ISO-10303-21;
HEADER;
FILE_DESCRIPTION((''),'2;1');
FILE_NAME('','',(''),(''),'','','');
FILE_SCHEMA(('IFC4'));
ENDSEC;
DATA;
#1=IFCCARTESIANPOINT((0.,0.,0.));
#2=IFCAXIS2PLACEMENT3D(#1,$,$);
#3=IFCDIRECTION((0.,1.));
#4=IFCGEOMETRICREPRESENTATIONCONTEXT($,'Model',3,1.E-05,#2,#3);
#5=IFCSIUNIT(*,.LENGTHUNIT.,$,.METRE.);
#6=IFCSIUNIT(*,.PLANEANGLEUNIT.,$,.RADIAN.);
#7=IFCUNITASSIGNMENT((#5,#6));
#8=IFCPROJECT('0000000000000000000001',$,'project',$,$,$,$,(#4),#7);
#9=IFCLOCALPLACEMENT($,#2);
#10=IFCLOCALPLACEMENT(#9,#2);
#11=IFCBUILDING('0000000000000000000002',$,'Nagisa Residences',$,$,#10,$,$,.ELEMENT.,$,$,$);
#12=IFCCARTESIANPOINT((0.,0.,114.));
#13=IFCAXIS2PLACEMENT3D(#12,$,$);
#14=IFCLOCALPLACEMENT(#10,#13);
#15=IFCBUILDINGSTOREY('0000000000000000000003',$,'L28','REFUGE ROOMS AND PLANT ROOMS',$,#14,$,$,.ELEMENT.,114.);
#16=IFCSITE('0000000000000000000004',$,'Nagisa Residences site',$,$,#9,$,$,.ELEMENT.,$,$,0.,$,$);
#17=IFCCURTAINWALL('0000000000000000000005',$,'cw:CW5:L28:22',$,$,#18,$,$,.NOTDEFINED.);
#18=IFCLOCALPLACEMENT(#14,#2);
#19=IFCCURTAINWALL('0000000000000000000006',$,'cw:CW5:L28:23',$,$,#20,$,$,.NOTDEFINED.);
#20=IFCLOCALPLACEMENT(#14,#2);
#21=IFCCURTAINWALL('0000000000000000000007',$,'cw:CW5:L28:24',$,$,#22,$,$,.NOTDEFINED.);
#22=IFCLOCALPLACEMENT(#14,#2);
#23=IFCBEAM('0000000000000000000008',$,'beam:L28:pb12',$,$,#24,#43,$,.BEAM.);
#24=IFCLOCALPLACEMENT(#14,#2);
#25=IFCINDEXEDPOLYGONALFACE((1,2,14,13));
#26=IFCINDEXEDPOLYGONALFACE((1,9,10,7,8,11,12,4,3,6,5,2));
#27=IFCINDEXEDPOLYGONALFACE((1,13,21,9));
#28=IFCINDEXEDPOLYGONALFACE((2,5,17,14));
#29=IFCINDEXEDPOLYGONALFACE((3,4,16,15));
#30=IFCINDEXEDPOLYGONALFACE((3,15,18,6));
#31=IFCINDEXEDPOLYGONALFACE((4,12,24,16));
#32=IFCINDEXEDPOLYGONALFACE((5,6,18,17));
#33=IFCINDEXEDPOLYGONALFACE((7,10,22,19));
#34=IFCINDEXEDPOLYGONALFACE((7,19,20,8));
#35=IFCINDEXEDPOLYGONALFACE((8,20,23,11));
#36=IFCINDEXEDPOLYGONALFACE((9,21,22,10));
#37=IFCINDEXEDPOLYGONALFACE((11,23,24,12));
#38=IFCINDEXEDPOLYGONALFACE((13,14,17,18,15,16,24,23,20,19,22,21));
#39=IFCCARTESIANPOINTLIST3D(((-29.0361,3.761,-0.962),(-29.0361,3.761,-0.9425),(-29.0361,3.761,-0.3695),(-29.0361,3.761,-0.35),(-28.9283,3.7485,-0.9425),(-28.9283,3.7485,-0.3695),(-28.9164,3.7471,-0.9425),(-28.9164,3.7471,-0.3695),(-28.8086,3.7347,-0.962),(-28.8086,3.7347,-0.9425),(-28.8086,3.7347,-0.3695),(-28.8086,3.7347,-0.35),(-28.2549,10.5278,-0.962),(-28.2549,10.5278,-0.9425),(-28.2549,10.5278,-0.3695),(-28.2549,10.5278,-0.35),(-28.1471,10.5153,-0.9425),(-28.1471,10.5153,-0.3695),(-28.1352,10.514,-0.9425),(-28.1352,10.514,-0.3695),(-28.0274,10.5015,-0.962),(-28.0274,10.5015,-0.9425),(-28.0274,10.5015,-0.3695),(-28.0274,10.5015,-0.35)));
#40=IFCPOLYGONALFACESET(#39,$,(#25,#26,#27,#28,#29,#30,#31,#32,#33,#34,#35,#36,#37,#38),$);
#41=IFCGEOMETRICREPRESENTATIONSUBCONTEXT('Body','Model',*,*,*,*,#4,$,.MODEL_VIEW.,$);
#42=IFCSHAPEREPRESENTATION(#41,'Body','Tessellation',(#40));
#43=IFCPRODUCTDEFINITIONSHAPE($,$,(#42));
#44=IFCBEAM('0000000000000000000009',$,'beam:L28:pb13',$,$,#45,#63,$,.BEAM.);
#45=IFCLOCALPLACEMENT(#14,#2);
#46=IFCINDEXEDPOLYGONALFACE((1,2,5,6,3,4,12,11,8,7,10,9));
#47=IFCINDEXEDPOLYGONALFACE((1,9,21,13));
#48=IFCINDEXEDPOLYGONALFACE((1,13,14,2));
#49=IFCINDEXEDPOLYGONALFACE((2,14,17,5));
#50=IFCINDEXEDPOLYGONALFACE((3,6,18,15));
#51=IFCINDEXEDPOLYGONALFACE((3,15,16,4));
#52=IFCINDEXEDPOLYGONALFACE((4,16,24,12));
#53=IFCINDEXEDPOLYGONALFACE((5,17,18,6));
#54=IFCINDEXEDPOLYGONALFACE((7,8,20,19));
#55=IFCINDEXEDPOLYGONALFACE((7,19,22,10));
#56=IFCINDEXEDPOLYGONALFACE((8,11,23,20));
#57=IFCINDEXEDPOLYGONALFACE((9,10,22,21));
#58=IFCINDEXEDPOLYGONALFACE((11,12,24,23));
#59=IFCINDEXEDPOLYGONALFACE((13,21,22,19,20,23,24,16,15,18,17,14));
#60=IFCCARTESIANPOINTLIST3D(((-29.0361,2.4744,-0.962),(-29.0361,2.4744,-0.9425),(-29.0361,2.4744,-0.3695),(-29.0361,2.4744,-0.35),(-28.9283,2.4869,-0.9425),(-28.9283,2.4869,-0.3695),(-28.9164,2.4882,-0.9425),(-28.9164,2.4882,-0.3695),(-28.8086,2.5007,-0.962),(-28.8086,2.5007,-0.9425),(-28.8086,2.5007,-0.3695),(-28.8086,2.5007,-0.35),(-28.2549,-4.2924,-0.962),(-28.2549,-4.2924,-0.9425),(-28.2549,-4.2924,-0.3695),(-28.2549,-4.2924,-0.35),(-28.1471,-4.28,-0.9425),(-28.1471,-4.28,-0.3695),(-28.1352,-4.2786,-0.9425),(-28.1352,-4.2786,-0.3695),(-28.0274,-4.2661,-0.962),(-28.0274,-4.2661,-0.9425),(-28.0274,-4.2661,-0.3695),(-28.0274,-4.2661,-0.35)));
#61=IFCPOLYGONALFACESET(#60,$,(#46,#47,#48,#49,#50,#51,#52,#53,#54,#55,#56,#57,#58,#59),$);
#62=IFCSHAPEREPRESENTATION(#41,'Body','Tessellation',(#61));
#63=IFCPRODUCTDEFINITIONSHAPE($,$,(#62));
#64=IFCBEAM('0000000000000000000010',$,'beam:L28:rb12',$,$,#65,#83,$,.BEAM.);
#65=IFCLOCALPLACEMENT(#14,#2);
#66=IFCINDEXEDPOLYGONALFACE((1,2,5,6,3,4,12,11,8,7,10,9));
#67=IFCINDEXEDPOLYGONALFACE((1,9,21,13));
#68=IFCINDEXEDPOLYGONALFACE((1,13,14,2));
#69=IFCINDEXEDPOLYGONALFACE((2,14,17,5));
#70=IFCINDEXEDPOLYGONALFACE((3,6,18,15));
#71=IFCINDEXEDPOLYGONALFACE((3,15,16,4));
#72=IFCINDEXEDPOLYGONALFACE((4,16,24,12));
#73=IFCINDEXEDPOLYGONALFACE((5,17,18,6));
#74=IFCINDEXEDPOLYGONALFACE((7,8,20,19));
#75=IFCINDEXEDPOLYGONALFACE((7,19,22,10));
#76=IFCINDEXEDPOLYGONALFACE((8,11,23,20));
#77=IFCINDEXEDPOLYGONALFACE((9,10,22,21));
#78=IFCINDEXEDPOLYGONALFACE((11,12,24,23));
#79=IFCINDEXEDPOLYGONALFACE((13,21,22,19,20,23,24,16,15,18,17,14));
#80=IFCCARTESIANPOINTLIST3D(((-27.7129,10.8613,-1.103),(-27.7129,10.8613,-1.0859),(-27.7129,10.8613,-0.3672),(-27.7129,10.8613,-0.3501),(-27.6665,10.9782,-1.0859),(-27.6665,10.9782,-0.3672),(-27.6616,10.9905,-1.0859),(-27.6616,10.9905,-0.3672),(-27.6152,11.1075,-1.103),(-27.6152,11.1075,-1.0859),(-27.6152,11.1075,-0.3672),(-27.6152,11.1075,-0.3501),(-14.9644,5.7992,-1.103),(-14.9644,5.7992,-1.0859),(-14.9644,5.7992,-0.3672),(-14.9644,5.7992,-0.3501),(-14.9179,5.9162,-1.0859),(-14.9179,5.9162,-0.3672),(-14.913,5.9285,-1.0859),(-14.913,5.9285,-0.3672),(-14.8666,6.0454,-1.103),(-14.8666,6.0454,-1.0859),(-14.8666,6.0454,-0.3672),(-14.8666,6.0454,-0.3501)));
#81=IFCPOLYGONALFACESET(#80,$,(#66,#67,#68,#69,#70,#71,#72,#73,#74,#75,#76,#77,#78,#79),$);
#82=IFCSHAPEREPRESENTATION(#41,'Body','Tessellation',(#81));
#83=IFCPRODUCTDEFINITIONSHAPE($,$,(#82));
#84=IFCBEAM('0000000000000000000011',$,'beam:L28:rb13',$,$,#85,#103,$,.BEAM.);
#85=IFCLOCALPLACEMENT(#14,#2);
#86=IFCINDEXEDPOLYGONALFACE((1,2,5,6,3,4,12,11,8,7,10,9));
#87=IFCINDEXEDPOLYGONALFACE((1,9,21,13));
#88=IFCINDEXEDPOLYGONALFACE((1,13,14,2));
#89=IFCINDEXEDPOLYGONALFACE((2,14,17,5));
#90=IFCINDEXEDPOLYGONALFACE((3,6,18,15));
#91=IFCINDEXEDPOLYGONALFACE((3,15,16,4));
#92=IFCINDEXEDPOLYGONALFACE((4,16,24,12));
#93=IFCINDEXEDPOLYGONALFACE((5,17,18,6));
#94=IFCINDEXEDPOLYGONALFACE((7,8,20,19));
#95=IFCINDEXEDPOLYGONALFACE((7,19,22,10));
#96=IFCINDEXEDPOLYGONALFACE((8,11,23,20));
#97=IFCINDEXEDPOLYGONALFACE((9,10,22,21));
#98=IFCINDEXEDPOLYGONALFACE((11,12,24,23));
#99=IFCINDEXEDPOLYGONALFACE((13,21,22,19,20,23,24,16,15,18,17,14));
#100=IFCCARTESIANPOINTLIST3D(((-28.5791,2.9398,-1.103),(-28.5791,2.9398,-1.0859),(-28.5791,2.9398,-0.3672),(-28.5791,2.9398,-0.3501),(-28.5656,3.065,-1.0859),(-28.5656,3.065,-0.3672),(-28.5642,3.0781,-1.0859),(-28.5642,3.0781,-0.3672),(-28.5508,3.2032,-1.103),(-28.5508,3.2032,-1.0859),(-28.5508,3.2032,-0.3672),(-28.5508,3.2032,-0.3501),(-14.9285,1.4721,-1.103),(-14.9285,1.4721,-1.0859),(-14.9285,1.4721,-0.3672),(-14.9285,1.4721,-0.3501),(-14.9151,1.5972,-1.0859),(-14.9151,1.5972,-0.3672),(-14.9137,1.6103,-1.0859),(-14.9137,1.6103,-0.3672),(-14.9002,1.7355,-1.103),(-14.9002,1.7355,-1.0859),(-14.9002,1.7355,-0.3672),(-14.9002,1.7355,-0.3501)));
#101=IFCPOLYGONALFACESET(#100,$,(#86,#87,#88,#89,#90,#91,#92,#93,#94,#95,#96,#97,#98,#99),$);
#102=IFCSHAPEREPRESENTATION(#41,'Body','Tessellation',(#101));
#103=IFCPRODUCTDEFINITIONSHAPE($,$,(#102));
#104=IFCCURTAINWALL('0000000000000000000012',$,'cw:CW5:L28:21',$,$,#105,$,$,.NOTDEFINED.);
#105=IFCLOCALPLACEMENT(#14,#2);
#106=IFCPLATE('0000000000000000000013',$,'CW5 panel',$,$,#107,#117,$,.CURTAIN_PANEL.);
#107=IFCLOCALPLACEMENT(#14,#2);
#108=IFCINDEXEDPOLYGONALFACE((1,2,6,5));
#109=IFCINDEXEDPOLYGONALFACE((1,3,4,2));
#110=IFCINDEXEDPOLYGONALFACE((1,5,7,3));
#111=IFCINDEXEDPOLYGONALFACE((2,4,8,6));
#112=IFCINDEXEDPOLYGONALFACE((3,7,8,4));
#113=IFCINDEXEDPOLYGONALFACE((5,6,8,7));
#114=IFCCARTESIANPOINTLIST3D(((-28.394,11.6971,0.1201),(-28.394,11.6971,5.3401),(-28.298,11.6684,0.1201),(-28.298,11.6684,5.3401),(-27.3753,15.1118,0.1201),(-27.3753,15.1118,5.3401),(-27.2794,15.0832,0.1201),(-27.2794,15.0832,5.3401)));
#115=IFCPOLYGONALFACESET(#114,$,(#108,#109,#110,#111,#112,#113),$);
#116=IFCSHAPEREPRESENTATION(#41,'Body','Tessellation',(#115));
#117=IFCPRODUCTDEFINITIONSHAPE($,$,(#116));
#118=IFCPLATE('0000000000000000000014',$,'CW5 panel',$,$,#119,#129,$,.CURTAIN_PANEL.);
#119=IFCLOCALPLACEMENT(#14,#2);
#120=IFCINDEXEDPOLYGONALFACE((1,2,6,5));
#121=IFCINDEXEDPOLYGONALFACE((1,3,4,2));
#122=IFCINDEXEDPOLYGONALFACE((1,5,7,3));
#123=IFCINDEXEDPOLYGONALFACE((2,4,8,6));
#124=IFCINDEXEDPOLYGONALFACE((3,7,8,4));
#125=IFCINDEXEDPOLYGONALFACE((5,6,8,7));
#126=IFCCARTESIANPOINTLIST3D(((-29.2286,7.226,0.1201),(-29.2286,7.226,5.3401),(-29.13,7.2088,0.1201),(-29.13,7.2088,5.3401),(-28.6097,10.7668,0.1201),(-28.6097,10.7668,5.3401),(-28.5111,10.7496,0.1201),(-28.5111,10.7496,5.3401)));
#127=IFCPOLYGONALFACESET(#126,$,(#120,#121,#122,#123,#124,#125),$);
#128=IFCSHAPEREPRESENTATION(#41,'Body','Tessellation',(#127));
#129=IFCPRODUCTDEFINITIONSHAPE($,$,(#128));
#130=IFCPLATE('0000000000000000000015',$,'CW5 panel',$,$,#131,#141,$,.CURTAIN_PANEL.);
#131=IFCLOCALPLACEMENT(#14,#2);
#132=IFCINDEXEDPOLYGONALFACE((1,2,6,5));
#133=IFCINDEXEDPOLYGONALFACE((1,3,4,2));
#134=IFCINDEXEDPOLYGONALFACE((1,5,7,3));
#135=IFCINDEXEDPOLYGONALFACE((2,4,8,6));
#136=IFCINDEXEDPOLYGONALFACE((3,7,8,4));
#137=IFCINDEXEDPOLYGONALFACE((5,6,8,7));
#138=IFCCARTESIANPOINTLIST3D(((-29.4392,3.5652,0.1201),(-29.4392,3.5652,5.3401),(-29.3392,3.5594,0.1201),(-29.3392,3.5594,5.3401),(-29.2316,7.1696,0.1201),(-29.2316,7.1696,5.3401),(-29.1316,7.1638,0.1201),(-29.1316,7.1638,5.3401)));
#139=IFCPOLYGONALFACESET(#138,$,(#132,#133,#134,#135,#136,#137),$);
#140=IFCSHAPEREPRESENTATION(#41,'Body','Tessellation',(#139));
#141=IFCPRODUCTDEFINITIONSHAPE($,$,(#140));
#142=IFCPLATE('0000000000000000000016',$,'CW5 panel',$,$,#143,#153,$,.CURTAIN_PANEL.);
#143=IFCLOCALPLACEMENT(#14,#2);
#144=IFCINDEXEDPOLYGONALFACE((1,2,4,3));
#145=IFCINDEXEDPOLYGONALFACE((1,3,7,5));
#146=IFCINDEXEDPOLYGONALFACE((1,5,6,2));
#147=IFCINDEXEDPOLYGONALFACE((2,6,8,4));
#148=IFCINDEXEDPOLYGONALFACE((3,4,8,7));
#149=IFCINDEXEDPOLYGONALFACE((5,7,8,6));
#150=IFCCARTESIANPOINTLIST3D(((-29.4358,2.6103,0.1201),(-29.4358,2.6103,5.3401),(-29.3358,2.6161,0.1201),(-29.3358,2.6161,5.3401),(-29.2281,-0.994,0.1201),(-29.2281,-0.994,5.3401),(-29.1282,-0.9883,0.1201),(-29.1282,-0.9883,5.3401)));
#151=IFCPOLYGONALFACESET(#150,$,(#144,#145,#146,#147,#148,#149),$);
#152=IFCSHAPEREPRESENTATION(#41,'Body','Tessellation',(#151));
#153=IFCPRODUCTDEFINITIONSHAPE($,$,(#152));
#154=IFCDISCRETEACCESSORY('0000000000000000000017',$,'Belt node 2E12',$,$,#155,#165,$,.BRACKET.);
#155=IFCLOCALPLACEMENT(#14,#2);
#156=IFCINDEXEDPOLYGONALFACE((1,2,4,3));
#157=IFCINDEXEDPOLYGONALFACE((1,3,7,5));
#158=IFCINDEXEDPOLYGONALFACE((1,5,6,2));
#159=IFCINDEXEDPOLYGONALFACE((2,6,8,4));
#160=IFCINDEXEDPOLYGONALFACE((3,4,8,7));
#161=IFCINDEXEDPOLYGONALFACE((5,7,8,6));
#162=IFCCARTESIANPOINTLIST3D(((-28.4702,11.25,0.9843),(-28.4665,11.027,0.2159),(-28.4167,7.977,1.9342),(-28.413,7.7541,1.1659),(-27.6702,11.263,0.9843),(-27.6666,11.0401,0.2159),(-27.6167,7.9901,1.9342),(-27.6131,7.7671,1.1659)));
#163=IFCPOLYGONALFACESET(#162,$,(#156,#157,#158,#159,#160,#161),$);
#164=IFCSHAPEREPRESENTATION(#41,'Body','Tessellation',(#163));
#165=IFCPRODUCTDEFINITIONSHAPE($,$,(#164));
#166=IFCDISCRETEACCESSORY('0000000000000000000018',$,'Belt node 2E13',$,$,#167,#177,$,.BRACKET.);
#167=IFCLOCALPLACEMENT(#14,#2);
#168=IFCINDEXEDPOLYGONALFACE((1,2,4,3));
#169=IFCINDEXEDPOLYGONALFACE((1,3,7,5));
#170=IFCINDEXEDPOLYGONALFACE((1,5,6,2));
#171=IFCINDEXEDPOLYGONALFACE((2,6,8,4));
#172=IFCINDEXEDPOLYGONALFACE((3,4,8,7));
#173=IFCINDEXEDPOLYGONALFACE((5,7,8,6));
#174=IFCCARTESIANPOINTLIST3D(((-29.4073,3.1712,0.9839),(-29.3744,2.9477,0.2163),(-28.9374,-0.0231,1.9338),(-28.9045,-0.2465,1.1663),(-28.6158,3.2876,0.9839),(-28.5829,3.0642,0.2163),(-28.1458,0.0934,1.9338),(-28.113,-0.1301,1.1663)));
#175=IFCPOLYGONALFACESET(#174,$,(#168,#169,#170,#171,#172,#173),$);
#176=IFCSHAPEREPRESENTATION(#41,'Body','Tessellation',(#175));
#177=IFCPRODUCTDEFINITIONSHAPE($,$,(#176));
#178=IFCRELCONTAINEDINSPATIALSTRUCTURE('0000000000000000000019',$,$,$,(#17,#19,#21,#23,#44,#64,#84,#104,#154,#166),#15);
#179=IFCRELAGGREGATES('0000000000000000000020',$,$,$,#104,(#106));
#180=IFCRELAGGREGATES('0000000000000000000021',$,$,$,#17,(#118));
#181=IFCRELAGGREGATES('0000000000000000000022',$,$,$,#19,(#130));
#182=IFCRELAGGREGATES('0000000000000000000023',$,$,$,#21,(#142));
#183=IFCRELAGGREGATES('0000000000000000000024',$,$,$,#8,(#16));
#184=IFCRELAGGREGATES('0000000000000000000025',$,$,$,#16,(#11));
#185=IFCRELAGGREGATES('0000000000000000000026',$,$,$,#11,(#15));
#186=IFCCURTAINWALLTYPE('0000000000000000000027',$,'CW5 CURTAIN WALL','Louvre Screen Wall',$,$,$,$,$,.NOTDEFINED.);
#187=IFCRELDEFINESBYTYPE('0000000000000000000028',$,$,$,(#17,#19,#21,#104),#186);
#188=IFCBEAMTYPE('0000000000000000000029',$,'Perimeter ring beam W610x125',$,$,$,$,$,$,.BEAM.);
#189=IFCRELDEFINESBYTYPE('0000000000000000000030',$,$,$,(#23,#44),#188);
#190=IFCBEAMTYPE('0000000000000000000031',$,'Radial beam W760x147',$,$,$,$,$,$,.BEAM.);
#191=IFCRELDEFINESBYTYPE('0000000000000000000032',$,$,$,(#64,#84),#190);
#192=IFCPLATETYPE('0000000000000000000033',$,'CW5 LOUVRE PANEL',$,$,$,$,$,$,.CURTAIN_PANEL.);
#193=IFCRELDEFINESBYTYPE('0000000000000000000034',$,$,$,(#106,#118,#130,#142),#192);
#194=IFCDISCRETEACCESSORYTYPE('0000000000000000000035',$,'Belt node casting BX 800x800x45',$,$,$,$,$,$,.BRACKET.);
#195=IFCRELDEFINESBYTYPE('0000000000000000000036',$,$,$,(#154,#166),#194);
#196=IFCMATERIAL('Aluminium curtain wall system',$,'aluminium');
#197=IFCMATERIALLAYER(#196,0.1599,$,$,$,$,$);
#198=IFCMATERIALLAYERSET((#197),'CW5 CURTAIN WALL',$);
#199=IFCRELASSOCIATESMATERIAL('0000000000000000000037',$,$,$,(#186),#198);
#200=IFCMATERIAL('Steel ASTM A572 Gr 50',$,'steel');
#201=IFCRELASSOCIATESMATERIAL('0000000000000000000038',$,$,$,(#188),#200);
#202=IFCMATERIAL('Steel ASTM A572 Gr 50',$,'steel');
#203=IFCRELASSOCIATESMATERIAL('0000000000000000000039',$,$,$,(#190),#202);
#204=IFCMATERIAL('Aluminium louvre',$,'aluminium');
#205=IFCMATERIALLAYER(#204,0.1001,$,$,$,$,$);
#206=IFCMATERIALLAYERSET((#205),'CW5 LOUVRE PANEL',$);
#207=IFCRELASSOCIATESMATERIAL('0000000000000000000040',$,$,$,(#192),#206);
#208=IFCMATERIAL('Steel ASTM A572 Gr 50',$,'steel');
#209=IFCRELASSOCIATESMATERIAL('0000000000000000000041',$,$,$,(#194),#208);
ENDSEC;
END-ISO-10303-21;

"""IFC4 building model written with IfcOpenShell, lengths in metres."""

from ifc_helpers import new_model, si_unit, direction, frame, origin, origin_2d, place, context, subcontext, project, spatial, rectangle, i_section, extrude, material, layer, layer_set, material_profile, profile_set, type_object, element, aggregate, save


model = new_model("IFC4")

# Units and contexts
model_context = context("Model", 3, precision=1e-05, world=origin(), true_north=direction((0.0, 1.0)))
body_context = subcontext(model_context, "Body", "Model", "MODEL_VIEW")
ifc_project = project(units=[si_unit("LENGTHUNIT", "METRE"), si_unit("PLANEANGLEUNIT", "RADIAN")], contexts=[model_context])

# Site, building, storey
site_placement = place(None, origin())
site = spatial("IfcSite", under=ifc_project, at=site_placement, Name="Nagisa Residences site", CompositionType="ELEMENT", RefElevation=0.0)
building_placement = place(site_placement, origin())
building = spatial("IfcBuilding", under=site, at=building_placement, Name="Nagisa Residences", CompositionType="ELEMENT")
storey_placement = place(building_placement, frame((0.0, 0.0, 114.0)))
storey = spatial("IfcBuildingStorey", under=building, at=storey_placement, Name="L28", Description="REFUGE ROOMS AND PLANT ROOMS", CompositionType="ELEMENT", Elevation=114.0)

# Curtain walls
ifc_material_1 = material(Name="Aluminium curtain wall system", Category="aluminium")
ifc_layer_1 = layer(ifc_material_1, 0.1599)
ifc_layer_set_1 = layer_set([ifc_layer_1], Name="CW5 CURTAIN WALL")
curtain_wall_type = type_object("IfcCurtainWallType", Name="CW5 CURTAIN WALL", Description="Louvre Screen Wall", PredefinedType="NOTDEFINED", material=ifc_layer_set_1)
curtain_wall_1_placement = place(storey_placement, origin())
curtain_wall_1 = element("IfcCurtainWall", 1, at=curtain_wall_1_placement, inside=storey, type_object=curtain_wall_type, Name="cw:CW5:L28:22", PredefinedType="NOTDEFINED")
curtain_wall_2_placement = place(storey_placement, origin())
curtain_wall_2 = element("IfcCurtainWall", 2, at=curtain_wall_2_placement, inside=storey, type_object=curtain_wall_type, Name="cw:CW5:L28:23", PredefinedType="NOTDEFINED")
curtain_wall_3_placement = place(storey_placement, origin())
curtain_wall_3 = element("IfcCurtainWall", 3, at=curtain_wall_3_placement, inside=storey, type_object=curtain_wall_type, Name="cw:CW5:L28:24", PredefinedType="NOTDEFINED")

# Beams
ifc_material_2 = material(Name="Steel ASTM A572 Gr 50", Category="steel")
ifc_material_profile_1 = material_profile(ifc_material_2, i_section(OverallWidth=0.229, OverallDepth=0.6121, WebThickness=0.012, FlangeThickness=0.0195, at=origin_2d()), Name="W610x125")
ifc_profile_set_1 = profile_set([ifc_material_profile_1], Name="Steel ASTM A572 Gr 50")
beam_type_1 = type_object("IfcBeamType", Name="Perimeter ring beam W610x125", PredefinedType="BEAM", material=ifc_profile_set_1)
for number, where, z_axis, x_axis, name in (
    (4, (-28.1411, 10.5146, -0.656), (-0.114691, -0.993401, 0.0), (0.993401, -0.114691, 0.0), "beam:L28:pb12"),
    (5, (-28.9224, 2.4875, -0.656), (0.114691, -0.993401, 0.0), (0.993401, 0.114691, 0.0), "beam:L28:pb13"),
):
    element("IfcBeam", number, at=place(storey_placement, frame(where, z_axis=z_axis, x_axis=x_axis)), inside=storey, type_object=beam_type_1, Name=name, PredefinedType="BEAM", context=body_context, shape_type="SweptSolid", body=[
        extrude(i_section(OverallWidth=0.229, OverallDepth=0.6121, WebThickness=0.012, FlangeThickness=0.0195, at=origin_2d()), origin(), (0.0, 0.0, 1.0), 6.8118),
    ])
ifc_material_3 = material(Name="Steel ASTM A572 Gr 50", Category="steel")
ifc_material_profile_2 = material_profile(ifc_material_3, i_section(OverallWidth=0.2649, OverallDepth=0.7529, WebThickness=0.0132, FlangeThickness=0.0171, at=origin_2d()), Name="W760x147")
ifc_profile_set_2 = profile_set([ifc_material_profile_2], Name="Steel ASTM A572 Gr 50")
beam_type_2 = type_object("IfcBeamType", Name="Radial beam W760x147", PredefinedType="BEAM", material=ifc_profile_set_2)
beam_1_placement = place(storey_placement, frame((-27.6641, 10.9844, -0.7266), z_axis=(0.929414, -0.369039, 0.0), x_axis=(0.369039, 0.929414, 0.0)))
element("IfcBeam", 6, at=beam_1_placement, inside=storey, type_object=beam_type_2, Name="beam:L28:rb12", PredefinedType="BEAM", context=body_context, shape_type="SweptSolid", body=[
    extrude(i_section(OverallWidth=0.2649, OverallDepth=0.7529, WebThickness=0.0132, FlangeThickness=0.0171, at=origin_2d()), origin(), (0.0, 0.0, 1.0), 13.7168),
])
beam_2_placement = place(storey_placement, frame((-28.5649, 3.0715, -0.7266), z_axis=(0.994269, -0.106908, 0.0), x_axis=(0.106908, 0.994269, 0.0)))
element("IfcBeam", 7, at=beam_2_placement, inside=storey, type_object=beam_type_2, Name="beam:L28:rb13", PredefinedType="BEAM", context=body_context, shape_type="SweptSolid", body=[
    extrude(i_section(OverallWidth=0.2649, OverallDepth=0.7529, WebThickness=0.0132, FlangeThickness=0.0171, at=origin_2d()), origin(), (0.0, 0.0, 1.0), 13.7292),
])

# Curtain wall, plate
curtain_wall_4_placement = place(storey_placement, origin())
curtain_wall_4 = element("IfcCurtainWall", 8, at=curtain_wall_4_placement, inside=storey, type_object=curtain_wall_type, Name="cw:CW5:L28:21", PredefinedType="NOTDEFINED")
ifc_material_4 = material(Name="Aluminium louvre", Category="aluminium")
ifc_layer_2 = layer(ifc_material_4, 0.1001)
ifc_layer_set_2 = layer_set([ifc_layer_2], Name="CW5 LOUVRE PANEL")
plate_type = type_object("IfcPlateType", Name="CW5 LOUVRE PANEL", PredefinedType="CURTAIN_PANEL", material=ifc_layer_set_2)
plate_1_placement = place(storey_placement, frame((-27.8367, 13.3901, 0.1201), z_axis=(0.0, 0.0, 1.0), x_axis=(-0.28586, -0.958271, 0.0)))
plate_1 = element("IfcPlate", 9, at=plate_1_placement, type_object=plate_type, Name="CW5 panel", PredefinedType="CURTAIN_PANEL", context=body_context, shape_type="SweptSolid", body=[
    extrude(rectangle(XDim=3.5635, YDim=0.1001, at=origin_2d()), origin(), (0.0, 0.0, 1.0), 5.22),
])
aggregate(curtain_wall_4, [plate_1])

# Plates
plate_2_placement = place(storey_placement, frame((-28.8699, 8.9878, 0.1201), z_axis=(0.0, 0.0, 1.0), x_axis=(-0.172191, -0.985064, 0.0)))
plate_2 = element("IfcPlate", 10, at=plate_2_placement, type_object=plate_type, Name="CW5 panel", PredefinedType="CURTAIN_PANEL", context=body_context, shape_type="SweptSolid", body=[
    extrude(rectangle(XDim=3.5945, YDim=0.1001, at=origin_2d()), origin(), (0.0, 0.0, 1.0), 5.22),
])
aggregate(curtain_wall_1, [plate_2])
plate_3_placement = place(storey_placement, frame((-29.2854, 5.3645, 0.1201), z_axis=(0.0, 0.0, 1.0), x_axis=(-0.057503, -0.998345, 0.0)))
plate_3 = element("IfcPlate", 11, at=plate_3_placement, type_object=plate_type, Name="CW5 panel", PredefinedType="CURTAIN_PANEL", context=body_context, shape_type="SweptSolid", body=[
    extrude(rectangle(XDim=3.6104, YDim=0.1001, at=origin_2d()), origin(), (0.0, 0.0, 1.0), 5.22),
])
aggregate(curtain_wall_2, [plate_3])
plate_4_placement = place(storey_placement, frame((-29.282, 0.811, 0.1201), z_axis=(0.0, 0.0, 1.0), x_axis=(0.057503, -0.998345, 0.0)))
plate_4 = element("IfcPlate", 12, at=plate_4_placement, type_object=plate_type, Name="CW5 panel", PredefinedType="CURTAIN_PANEL", context=body_context, shape_type="SweptSolid", body=[
    extrude(rectangle(XDim=3.6104, YDim=0.1001, at=origin_2d()), origin(), (0.0, 0.0, 1.0), 5.22),
])
aggregate(curtain_wall_3, [plate_4])

# Discrete accessories
ifc_material_5 = material(Name="Steel ASTM A572 Gr 50", Category="steel")
discrete_accessory_type_1 = type_object("IfcDiscreteAccessoryType", Name="Belt node casting BX 800x800x45", PredefinedType="BRACKET", material=ifc_material_5)
discrete_accessory_1_placement = place(storey_placement, frame((-28.0684, 11.145, 0.6001), z_axis=(0.015687, -0.960248, 0.278706), x_axis=(0.999867, 0.016334, 0.0)))
element("IfcDiscreteAccessory", 13, at=discrete_accessory_1_placement, inside=storey, type_object=discrete_accessory_type_1, Name="Belt node 2E12", PredefinedType="BRACKET", context=body_context, shape_type="SweptSolid", body=[
    extrude(rectangle(XDim=0.8, YDim=0.8, at=origin_2d()), origin(), (0.0, 0.0, 1.0), 3.4084),
])
discrete_accessory_2_placement = place(storey_placement, frame((-28.9951, 3.1177, 0.6001), z_axis=(0.139641, -0.949122, 0.282256), x_axis=(0.98935, 0.145559, 0.0)))
element("IfcDiscreteAccessory", 14, at=discrete_accessory_2_placement, inside=storey, type_object=discrete_accessory_type_1, Name="Belt node 2E13", PredefinedType="BRACKET", context=body_context, shape_type="SweptSolid", body=[
    extrude(rectangle(XDim=0.8, YDim=0.8, at=origin_2d()), origin(), (0.0, 0.0, 1.0), 3.3655),
])

save(model, "model.ifc")
